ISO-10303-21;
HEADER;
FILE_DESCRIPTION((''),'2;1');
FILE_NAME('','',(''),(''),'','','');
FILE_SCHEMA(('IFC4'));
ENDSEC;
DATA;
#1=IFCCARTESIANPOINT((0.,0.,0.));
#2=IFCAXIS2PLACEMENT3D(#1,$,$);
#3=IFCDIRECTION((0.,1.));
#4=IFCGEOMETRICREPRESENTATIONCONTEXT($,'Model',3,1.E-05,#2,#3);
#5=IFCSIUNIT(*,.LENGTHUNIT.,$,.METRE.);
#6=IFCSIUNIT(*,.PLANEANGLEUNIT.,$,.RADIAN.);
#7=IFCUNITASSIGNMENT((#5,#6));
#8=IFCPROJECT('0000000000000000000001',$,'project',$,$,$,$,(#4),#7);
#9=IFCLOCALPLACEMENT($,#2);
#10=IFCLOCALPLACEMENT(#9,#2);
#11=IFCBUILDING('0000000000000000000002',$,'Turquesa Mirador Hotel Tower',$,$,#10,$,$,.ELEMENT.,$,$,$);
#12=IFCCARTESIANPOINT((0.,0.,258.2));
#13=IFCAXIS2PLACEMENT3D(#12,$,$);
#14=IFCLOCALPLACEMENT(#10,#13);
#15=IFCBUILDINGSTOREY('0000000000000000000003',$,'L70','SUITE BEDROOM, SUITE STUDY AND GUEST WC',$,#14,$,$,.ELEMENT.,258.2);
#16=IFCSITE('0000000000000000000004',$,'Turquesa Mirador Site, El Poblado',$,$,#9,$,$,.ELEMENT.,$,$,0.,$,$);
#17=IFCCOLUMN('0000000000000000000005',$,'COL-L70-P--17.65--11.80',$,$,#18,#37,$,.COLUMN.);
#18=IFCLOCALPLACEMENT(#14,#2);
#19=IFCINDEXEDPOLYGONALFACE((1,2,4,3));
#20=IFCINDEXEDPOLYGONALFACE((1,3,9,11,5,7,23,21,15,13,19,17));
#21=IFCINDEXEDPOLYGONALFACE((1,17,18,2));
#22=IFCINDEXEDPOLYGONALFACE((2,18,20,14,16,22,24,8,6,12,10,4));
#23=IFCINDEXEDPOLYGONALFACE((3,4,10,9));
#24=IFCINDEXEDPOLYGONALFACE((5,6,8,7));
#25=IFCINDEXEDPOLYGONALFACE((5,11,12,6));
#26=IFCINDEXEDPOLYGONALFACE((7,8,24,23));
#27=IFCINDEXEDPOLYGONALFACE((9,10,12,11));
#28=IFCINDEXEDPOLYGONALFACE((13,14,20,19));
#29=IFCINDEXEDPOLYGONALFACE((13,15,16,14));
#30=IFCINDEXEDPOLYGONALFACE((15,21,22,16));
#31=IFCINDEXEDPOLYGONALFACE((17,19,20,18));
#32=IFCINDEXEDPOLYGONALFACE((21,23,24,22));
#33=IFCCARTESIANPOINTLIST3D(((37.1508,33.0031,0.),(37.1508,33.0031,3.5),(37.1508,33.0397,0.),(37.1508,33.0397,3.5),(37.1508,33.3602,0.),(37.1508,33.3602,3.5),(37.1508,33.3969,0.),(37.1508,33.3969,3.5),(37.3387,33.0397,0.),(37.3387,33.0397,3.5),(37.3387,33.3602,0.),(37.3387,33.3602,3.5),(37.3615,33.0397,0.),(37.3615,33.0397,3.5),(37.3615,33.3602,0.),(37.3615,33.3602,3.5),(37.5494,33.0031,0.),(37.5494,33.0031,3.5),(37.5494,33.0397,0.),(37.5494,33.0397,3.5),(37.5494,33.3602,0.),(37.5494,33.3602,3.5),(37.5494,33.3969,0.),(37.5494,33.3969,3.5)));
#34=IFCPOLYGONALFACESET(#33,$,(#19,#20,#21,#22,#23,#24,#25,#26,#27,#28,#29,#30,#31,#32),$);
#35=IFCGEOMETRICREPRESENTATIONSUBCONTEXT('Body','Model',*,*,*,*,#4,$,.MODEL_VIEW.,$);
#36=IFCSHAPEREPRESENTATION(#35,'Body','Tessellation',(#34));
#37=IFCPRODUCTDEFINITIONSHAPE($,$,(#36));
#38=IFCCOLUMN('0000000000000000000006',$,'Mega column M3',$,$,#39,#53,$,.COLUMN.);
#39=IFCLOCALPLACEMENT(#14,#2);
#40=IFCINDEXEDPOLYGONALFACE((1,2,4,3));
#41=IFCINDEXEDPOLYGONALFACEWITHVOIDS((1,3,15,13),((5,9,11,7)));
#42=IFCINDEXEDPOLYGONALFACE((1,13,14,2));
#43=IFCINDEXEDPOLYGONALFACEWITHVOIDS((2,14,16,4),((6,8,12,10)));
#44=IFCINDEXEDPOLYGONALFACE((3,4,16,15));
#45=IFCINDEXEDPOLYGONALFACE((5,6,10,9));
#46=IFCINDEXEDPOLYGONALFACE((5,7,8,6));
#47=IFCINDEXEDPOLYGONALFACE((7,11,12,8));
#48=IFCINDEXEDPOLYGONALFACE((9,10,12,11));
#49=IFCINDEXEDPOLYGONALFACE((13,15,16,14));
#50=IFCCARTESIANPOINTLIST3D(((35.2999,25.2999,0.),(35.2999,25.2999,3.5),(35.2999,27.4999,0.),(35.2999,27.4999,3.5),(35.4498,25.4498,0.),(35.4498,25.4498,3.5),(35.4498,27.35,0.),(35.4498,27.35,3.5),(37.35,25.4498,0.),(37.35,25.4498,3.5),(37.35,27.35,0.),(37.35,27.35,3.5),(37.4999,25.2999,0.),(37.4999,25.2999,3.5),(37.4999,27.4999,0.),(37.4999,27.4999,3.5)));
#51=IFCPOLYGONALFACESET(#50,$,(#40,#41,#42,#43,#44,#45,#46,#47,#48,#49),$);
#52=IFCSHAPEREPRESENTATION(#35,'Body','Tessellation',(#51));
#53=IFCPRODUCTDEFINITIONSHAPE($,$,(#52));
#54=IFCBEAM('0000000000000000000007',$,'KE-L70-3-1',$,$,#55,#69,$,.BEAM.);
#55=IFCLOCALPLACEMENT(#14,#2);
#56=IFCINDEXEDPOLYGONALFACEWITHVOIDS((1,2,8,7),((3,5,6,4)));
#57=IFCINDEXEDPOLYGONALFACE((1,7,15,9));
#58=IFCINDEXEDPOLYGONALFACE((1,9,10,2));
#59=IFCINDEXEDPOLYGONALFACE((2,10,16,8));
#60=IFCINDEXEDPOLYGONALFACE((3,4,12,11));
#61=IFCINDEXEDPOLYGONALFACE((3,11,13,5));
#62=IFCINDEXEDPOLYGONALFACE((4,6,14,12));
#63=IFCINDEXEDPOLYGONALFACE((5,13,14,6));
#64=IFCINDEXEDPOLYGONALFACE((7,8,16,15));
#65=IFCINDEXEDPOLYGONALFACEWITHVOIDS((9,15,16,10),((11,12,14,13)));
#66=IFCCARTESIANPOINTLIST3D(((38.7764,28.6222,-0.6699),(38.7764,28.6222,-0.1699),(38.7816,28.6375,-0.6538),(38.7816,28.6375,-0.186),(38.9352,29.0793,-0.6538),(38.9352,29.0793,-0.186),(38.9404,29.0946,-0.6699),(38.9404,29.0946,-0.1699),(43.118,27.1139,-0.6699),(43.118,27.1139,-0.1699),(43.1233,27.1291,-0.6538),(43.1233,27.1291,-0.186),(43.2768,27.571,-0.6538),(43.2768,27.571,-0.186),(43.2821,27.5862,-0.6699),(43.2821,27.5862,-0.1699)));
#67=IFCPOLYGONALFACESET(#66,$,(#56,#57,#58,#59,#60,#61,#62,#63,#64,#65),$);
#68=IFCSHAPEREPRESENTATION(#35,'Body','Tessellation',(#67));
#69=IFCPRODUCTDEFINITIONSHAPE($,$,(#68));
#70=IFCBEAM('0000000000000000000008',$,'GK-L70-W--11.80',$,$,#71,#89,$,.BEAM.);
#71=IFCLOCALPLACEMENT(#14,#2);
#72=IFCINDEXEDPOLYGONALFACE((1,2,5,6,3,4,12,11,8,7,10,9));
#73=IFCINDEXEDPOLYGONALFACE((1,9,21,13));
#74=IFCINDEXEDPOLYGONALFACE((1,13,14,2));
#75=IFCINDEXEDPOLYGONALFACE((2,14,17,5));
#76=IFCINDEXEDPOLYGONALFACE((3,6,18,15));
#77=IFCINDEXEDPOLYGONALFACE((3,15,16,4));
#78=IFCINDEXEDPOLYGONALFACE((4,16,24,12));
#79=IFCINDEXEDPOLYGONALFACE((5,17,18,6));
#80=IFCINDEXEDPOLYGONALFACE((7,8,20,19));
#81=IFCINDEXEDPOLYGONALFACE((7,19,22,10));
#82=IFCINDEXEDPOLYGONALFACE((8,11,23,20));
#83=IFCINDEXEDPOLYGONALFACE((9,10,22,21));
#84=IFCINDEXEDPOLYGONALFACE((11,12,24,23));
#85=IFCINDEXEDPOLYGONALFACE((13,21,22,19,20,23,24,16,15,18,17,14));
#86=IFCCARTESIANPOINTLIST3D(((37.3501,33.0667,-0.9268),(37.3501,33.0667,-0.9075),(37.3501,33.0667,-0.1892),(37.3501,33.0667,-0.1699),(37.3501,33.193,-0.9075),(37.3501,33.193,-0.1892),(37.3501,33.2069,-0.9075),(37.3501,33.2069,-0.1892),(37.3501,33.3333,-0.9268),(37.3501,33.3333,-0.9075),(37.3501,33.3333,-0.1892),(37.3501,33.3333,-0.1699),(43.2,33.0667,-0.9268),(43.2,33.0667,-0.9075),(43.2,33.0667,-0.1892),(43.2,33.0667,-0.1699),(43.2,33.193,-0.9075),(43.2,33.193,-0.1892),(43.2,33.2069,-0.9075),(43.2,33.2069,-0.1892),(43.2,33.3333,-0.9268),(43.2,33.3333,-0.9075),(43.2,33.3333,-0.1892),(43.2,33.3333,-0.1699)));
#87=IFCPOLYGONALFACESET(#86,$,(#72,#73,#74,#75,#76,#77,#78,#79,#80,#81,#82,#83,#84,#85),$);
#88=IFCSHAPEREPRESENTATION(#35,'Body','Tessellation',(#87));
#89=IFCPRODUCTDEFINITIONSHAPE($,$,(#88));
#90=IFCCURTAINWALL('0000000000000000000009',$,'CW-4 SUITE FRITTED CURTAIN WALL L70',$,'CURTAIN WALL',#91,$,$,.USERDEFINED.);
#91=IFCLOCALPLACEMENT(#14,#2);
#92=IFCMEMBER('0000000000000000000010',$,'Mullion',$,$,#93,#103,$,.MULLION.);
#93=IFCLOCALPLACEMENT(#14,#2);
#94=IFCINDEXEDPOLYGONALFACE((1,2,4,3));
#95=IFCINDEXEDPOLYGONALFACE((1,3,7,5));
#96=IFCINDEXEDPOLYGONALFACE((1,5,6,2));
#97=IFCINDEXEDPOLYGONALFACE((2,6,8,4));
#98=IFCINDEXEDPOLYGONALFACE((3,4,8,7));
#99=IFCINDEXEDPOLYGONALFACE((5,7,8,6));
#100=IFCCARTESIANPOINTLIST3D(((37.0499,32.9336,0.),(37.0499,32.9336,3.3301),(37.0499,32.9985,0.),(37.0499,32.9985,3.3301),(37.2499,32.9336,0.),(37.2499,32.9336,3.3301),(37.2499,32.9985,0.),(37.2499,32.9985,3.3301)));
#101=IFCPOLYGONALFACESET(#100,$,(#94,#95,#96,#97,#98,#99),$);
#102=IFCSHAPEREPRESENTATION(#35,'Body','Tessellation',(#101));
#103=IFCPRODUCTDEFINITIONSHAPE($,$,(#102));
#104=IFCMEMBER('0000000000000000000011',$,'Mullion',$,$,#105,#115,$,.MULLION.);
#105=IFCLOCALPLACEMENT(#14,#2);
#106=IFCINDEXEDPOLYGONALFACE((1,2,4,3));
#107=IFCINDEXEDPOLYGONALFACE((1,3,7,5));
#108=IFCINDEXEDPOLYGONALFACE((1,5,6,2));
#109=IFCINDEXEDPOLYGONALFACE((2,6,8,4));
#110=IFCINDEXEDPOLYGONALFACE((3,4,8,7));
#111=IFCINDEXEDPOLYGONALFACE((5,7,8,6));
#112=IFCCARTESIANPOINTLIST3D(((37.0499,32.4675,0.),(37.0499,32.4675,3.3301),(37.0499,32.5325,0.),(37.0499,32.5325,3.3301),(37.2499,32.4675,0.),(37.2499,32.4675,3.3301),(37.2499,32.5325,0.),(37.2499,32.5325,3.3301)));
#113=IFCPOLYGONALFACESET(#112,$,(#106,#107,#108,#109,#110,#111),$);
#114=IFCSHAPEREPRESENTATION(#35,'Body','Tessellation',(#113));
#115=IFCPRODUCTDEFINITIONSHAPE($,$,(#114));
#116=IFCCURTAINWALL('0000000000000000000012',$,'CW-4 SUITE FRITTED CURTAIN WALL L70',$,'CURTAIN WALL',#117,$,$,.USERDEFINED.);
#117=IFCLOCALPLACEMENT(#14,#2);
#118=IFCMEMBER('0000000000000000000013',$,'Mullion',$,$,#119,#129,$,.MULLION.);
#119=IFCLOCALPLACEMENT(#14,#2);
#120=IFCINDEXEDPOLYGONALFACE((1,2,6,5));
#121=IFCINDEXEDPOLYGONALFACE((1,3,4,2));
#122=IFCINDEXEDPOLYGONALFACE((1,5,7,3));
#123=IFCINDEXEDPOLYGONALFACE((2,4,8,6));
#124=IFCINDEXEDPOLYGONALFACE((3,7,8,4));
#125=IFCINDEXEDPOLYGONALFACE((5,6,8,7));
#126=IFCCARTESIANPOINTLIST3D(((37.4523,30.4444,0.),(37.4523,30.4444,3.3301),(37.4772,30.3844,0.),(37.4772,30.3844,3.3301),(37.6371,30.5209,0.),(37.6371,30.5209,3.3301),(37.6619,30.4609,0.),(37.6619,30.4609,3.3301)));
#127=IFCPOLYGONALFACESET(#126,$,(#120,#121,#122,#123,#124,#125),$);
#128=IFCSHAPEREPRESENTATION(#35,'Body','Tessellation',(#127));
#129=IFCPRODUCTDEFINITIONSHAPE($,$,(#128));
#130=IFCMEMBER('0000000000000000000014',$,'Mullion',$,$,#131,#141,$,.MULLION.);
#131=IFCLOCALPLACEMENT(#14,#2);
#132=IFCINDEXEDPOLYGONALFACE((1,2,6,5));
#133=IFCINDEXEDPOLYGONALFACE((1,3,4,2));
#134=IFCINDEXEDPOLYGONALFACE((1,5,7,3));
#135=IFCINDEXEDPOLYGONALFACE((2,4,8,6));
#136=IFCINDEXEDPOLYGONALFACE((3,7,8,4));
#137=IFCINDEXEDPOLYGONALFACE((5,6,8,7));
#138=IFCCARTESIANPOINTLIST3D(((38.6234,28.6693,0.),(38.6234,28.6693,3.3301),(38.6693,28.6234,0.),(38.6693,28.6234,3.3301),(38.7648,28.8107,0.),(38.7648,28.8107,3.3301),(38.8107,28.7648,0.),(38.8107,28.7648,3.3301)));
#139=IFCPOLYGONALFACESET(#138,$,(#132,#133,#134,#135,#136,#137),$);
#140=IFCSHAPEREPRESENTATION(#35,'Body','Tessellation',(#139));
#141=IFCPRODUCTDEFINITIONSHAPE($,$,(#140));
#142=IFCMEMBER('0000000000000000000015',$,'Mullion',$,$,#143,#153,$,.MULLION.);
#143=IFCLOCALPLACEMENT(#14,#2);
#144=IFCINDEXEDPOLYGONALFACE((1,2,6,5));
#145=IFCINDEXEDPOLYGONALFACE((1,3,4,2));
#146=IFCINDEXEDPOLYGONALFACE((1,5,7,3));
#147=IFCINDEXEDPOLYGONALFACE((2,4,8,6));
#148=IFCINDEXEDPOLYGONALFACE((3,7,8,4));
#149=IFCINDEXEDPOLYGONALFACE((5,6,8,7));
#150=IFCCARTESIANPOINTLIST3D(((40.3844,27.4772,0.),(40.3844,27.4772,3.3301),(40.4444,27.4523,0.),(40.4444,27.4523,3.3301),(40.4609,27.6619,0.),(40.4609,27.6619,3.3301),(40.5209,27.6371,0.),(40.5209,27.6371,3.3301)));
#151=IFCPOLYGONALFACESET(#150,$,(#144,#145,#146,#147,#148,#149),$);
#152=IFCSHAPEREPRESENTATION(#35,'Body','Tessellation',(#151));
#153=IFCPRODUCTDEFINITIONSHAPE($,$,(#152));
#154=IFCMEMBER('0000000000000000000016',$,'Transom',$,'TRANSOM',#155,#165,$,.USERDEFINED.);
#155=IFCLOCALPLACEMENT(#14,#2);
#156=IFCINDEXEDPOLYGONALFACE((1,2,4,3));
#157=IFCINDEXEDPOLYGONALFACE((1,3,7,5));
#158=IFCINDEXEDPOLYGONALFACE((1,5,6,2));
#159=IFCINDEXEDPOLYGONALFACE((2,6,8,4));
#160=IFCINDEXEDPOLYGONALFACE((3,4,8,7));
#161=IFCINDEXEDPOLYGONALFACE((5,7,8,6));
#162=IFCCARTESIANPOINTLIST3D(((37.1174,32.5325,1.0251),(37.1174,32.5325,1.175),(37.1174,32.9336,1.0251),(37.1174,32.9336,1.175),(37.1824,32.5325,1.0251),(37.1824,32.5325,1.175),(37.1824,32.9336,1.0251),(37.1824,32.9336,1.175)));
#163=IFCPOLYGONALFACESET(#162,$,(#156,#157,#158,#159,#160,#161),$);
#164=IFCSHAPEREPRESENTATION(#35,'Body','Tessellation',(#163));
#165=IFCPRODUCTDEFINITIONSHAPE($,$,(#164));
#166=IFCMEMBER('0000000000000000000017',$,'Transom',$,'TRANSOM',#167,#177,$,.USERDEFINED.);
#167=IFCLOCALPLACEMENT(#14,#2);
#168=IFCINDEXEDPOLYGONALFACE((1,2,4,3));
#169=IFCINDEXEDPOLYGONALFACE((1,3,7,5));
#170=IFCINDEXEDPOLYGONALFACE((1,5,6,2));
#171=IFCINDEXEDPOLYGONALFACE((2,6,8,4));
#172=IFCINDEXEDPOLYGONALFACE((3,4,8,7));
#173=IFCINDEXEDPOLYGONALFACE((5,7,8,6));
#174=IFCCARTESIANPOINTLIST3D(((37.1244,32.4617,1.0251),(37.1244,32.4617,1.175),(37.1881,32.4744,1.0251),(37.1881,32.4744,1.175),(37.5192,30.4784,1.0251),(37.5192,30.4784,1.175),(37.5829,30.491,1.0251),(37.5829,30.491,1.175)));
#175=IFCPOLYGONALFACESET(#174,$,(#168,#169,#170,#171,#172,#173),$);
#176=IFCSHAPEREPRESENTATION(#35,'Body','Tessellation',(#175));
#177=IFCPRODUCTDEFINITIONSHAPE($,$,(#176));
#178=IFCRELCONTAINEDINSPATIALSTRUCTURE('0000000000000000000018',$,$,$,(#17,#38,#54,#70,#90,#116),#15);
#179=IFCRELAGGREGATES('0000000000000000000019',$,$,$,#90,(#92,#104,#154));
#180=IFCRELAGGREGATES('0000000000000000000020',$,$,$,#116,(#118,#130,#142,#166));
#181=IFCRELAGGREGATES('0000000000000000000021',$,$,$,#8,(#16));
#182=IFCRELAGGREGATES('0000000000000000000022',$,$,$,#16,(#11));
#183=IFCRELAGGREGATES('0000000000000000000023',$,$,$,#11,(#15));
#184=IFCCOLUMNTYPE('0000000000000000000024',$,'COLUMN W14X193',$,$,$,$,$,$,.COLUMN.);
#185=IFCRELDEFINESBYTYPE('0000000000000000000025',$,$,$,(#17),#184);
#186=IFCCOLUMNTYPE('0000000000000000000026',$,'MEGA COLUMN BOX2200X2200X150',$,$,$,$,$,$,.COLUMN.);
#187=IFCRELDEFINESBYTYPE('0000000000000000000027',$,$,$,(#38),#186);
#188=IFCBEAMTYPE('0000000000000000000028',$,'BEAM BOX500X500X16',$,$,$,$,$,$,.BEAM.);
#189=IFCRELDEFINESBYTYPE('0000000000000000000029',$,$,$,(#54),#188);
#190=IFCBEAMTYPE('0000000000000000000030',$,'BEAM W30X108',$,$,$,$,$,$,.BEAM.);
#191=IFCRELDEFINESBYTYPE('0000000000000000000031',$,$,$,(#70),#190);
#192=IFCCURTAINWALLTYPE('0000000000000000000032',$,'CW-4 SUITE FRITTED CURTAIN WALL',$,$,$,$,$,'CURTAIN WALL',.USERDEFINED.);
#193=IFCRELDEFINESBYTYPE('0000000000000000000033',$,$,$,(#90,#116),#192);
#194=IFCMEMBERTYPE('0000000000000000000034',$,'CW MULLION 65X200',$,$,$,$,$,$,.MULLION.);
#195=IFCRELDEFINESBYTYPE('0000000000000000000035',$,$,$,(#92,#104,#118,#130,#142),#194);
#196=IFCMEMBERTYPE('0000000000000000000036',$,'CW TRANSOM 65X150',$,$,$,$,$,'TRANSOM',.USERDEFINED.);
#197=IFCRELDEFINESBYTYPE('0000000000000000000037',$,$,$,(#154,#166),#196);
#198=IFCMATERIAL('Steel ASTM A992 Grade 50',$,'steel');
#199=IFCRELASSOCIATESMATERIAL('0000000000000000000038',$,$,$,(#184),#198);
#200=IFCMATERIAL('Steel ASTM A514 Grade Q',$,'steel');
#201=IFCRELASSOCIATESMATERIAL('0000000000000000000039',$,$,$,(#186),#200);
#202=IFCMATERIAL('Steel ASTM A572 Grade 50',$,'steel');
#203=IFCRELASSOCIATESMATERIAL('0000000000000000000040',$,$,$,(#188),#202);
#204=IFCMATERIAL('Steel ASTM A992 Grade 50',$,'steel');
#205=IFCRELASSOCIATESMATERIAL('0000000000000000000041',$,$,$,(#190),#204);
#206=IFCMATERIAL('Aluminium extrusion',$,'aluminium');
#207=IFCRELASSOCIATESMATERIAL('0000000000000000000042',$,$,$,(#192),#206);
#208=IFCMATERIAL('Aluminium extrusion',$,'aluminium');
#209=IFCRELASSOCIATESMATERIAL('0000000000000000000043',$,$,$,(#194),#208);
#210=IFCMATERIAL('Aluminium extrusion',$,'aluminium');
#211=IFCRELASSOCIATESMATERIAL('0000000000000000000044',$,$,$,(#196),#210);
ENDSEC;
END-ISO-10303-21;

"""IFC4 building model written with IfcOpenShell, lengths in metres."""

from ifc_helpers import new_model, si_unit, direction, frame, origin, origin_2d, place, context, subcontext, project, spatial, rectangle, hollow_rectangle, i_section, extrude, material, material_profile, profile_set, type_object, element, aggregate, save


model = new_model("IFC4")

# Units and contexts
model_context = context("Model", 3, precision=1e-05, world=origin(), true_north=direction((0.0, 1.0)))
body_context = subcontext(model_context, "Body", "Model", "MODEL_VIEW")
ifc_project = project(units=[si_unit("LENGTHUNIT", "METRE"), si_unit("PLANEANGLEUNIT", "RADIAN")], contexts=[model_context])

# Site, building, storey
site_placement = place(None, origin())
site = spatial("IfcSite", under=ifc_project, at=site_placement, Name="Turquesa Mirador Site, El Poblado", CompositionType="ELEMENT", RefElevation=0.0)
building_placement = place(site_placement, origin())
building = spatial("IfcBuilding", under=site, at=building_placement, Name="Turquesa Mirador Hotel Tower", CompositionType="ELEMENT")
storey_placement = place(building_placement, frame((0.0, 0.0, 258.2)))
storey = spatial("IfcBuildingStorey", under=building, at=storey_placement, Name="L70", Description="SUITE BEDROOM, SUITE STUDY AND GUEST WC", CompositionType="ELEMENT", Elevation=258.2)

# Columns
ifc_material_1 = material(Name="Steel ASTM A992 Grade 50", Category="steel")
ifc_material_profile_1 = material_profile(ifc_material_1, i_section(OverallWidth=0.3987, OverallDepth=0.3938, WebThickness=0.0227, FlangeThickness=0.0366, at=origin_2d()), Name="W14X193")
ifc_profile_set_1 = profile_set([ifc_material_profile_1], Name="Steel ASTM A992 Grade 50")
column_type_1 = type_object("IfcColumnType", Name="COLUMN W14X193", PredefinedType="COLUMN", material=ifc_profile_set_1)
column_1_placement = place(storey_placement, frame((37.3501, 33.2, 0.0), z_axis=(0.0, 0.0, 1.0), x_axis=(1.0, 0.0, 0.0)))
element("IfcColumn", 1, at=column_1_placement, inside=storey, type_object=column_type_1, Name="COL-L70-P--17.65--11.80", PredefinedType="COLUMN", context=body_context, shape_type="SweptSolid", body=[
    extrude(i_section(OverallWidth=0.3987, OverallDepth=0.3938, WebThickness=0.0227, FlangeThickness=0.0366, at=origin_2d()), origin(), (0.0, 0.0, 1.0), 3.5),
])
ifc_material_2 = material(Name="Steel ASTM A514 Grade Q", Category="steel")
ifc_material_profile_2 = material_profile(ifc_material_2, hollow_rectangle(XDim=2.2, YDim=2.2, WallThickness=0.1499, at=origin_2d()), Name="BOX2200X2200X150")
ifc_profile_set_2 = profile_set([ifc_material_profile_2], Name="Steel ASTM A514 Grade Q")
column_type_2 = type_object("IfcColumnType", Name="MEGA COLUMN BOX2200X2200X150", PredefinedType="COLUMN", material=ifc_profile_set_2)
column_2_placement = place(storey_placement, frame((36.3999, 26.3999, 0.0), z_axis=(0.0, 0.0, 1.0), x_axis=(1.0, 0.0, 0.0)))
element("IfcColumn", 2, at=column_2_placement, inside=storey, type_object=column_type_2, Name="Mega column M3", PredefinedType="COLUMN", context=body_context, shape_type="SweptSolid", body=[
    extrude(hollow_rectangle(XDim=2.2, YDim=2.2, WallThickness=0.1499, at=origin_2d()), origin(), (0.0, 0.0, 1.0), 3.5),
])

# Beams
ifc_material_3 = material(Name="Steel ASTM A572 Grade 50", Category="steel")
ifc_material_profile_3 = material_profile(ifc_material_3, hollow_rectangle(XDim=0.5, YDim=0.5, WallThickness=0.0161, at=origin_2d()), Name="BOX500X500X16")
ifc_profile_set_3 = profile_set([ifc_material_profile_3], Name="Steel ASTM A572 Grade 50")
beam_type_1 = type_object("IfcBeamType", Name="BEAM BOX500X500X16", PredefinedType="BEAM", material=ifc_profile_set_3)
beam_1_placement = place(storey_placement, frame((38.8584, 28.8584, -0.4199), z_axis=(0.944619, -0.32817, 0.0), x_axis=(0.32817, 0.944619, 0.0)))
element("IfcBeam", 3, at=beam_1_placement, inside=storey, type_object=beam_type_1, Name="KE-L70-3-1", PredefinedType="BEAM", context=body_context, shape_type="SweptSolid", body=[
    extrude(hollow_rectangle(XDim=0.5, YDim=0.5, WallThickness=0.0161, at=origin_2d()), origin(), (0.0, 0.0, 1.0), 4.5962),
])
ifc_material_4 = material(Name="Steel ASTM A992 Grade 50", Category="steel")
ifc_material_profile_4 = material_profile(ifc_material_4, i_section(OverallWidth=0.2666, OverallDepth=0.7568, WebThickness=0.0139, FlangeThickness=0.0193, at=origin_2d()), Name="W30X108")
ifc_profile_set_4 = profile_set([ifc_material_profile_4], Name="Steel ASTM A992 Grade 50")
beam_type_2 = type_object("IfcBeamType", Name="BEAM W30X108", PredefinedType="BEAM", material=ifc_profile_set_4)
beam_2_placement = place(storey_placement, frame((37.3501, 33.2, -0.5483), z_axis=(1.0, 0.0, 0.0), x_axis=(0.0, 1.0, 0.0)))
element("IfcBeam", 4, at=beam_2_placement, inside=storey, type_object=beam_type_2, Name="GK-L70-W--11.80", PredefinedType="BEAM", context=body_context, shape_type="SweptSolid", body=[
    extrude(i_section(OverallWidth=0.2666, OverallDepth=0.7568, WebThickness=0.0139, FlangeThickness=0.0193, at=origin_2d()), origin(), (0.0, 0.0, 1.0), 5.8499),
])

# Curtain walls, members
ifc_material_5 = material(Name="Aluminium extrusion", Category="aluminium")
curtain_wall_type = type_object("IfcCurtainWallType", Name="CW-4 SUITE FRITTED CURTAIN WALL", ElementType="CURTAIN WALL", PredefinedType="USERDEFINED", material=ifc_material_5)
curtain_wall_1_placement = place(storey_placement, origin())
curtain_wall_1 = element("IfcCurtainWall", 5, at=curtain_wall_1_placement, inside=storey, type_object=curtain_wall_type, Name="CW-4 SUITE FRITTED CURTAIN WALL L70", ObjectType="CURTAIN WALL", PredefinedType="USERDEFINED")
ifc_material_6 = material(Name="Aluminium extrusion", Category="aluminium")
ifc_material_profile_5 = material_profile(ifc_material_6, rectangle(XDim=0.0649, YDim=0.2, at=origin_2d()), Name="MULLION 65X200")
ifc_profile_set_5 = profile_set([ifc_material_profile_5], Name="Aluminium extrusion")
member_type_1 = type_object("IfcMemberType", Name="CW MULLION 65X200", PredefinedType="MULLION", material=ifc_profile_set_5)
member_1_placement = place(storey_placement, frame((37.1499, 32.9661, 0.0), z_axis=(0.0, 0.0, 1.0), x_axis=(0.0, -1.0, 0.0)))
member_1 = element("IfcMember", 6, at=member_1_placement, type_object=member_type_1, Name="Mullion", PredefinedType="MULLION", context=body_context, shape_type="SweptSolid", body=[
    extrude(rectangle(XDim=0.0649, YDim=0.2, at=origin_2d()), origin(), (0.0, 0.0, 1.0), 3.3301),
])
member_2_placement = place(storey_placement, frame((37.1499, 32.5, 0.0), z_axis=(0.0, 0.0, 1.0), x_axis=(0.0, -1.0, 0.0)))
member_2 = element("IfcMember", 7, at=member_2_placement, type_object=member_type_1, Name="Mullion", PredefinedType="MULLION", context=body_context, shape_type="SweptSolid", body=[
    extrude(rectangle(XDim=0.0649, YDim=0.2, at=origin_2d()), origin(), (0.0, 0.0, 1.0), 3.3301),
])
curtain_wall_2_placement = place(storey_placement, origin())
curtain_wall_2 = element("IfcCurtainWall", 8, at=curtain_wall_2_placement, inside=storey, type_object=curtain_wall_type, Name="CW-4 SUITE FRITTED CURTAIN WALL L70", ObjectType="CURTAIN WALL", PredefinedType="USERDEFINED")
member_3_placement = place(storey_placement, frame((37.5571, 30.4526, 0.0), z_axis=(0.0, 0.0, 1.0), x_axis=(0.382683, -0.92388, 0.0)))
member_3 = element("IfcMember", 9, at=member_3_placement, type_object=member_type_1, Name="Mullion", PredefinedType="MULLION", context=body_context, shape_type="SweptSolid", body=[
    extrude(rectangle(XDim=0.0649, YDim=0.2, at=origin_2d()), origin(), (0.0, 0.0, 1.0), 3.3301),
])
member_4_placement = place(storey_placement, frame((38.717, 28.717, 0.0), z_axis=(0.0, 0.0, 1.0), x_axis=(0.707107, -0.707107, 0.0)))
member_4 = element("IfcMember", 10, at=member_4_placement, type_object=member_type_1, Name="Mullion", PredefinedType="MULLION", context=body_context, shape_type="SweptSolid", body=[
    extrude(rectangle(XDim=0.0649, YDim=0.2, at=origin_2d()), origin(), (0.0, 0.0, 1.0), 3.3301),
])
member_5_placement = place(storey_placement, frame((40.4526, 27.5571, 0.0), z_axis=(0.0, 0.0, 1.0), x_axis=(0.92388, -0.382683, 0.0)))
member_5 = element("IfcMember", 11, at=member_5_placement, type_object=member_type_1, Name="Mullion", PredefinedType="MULLION", context=body_context, shape_type="SweptSolid", body=[
    extrude(rectangle(XDim=0.0649, YDim=0.2, at=origin_2d()), origin(), (0.0, 0.0, 1.0), 3.3301),
])

# Members
ifc_material_7 = material(Name="Aluminium extrusion", Category="aluminium")
ifc_material_profile_6 = material_profile(ifc_material_7, rectangle(XDim=0.0649, YDim=0.1499, at=origin_2d()), Name="TRANSOM 65X150")
ifc_profile_set_6 = profile_set([ifc_material_profile_6], Name="Aluminium extrusion")
member_type_2 = type_object("IfcMemberType", Name="CW TRANSOM 65X150", ElementType="TRANSOM", PredefinedType="USERDEFINED", material=ifc_profile_set_6)
member_6_placement = place(storey_placement, frame((37.1499, 32.9336, 1.1001), z_axis=(0.0, -1.0, 0.0), x_axis=(1.0, 0.0, 0.0)))
member_6 = element("IfcMember", 12, at=member_6_placement, type_object=member_type_2, Name="Transom", ObjectType="TRANSOM", PredefinedType="USERDEFINED", context=body_context, shape_type="SweptSolid", body=[
    extrude(rectangle(XDim=0.0649, YDim=0.1499, at=origin_2d()), origin(), (0.0, 0.0, 1.0), 0.4011),
])
member_7_placement = place(storey_placement, frame((37.1562, 32.468, 1.1001), z_axis=(0.195211, -0.980761, 0.0), x_axis=(0.980761, 0.195211, 0.0)))
member_7 = element("IfcMember", 13, at=member_7_placement, type_object=member_type_2, Name="Transom", ObjectType="TRANSOM", PredefinedType="USERDEFINED", context=body_context, shape_type="SweptSolid", body=[
    extrude(rectangle(XDim=0.0649, YDim=0.1499, at=origin_2d()), origin(), (0.0, 0.0, 1.0), 2.0222),
])

aggregate(curtain_wall_1, [member_1, member_2, member_6])
aggregate(curtain_wall_2, [member_3, member_4, member_5, member_7])

save(model, "model.ifc")
